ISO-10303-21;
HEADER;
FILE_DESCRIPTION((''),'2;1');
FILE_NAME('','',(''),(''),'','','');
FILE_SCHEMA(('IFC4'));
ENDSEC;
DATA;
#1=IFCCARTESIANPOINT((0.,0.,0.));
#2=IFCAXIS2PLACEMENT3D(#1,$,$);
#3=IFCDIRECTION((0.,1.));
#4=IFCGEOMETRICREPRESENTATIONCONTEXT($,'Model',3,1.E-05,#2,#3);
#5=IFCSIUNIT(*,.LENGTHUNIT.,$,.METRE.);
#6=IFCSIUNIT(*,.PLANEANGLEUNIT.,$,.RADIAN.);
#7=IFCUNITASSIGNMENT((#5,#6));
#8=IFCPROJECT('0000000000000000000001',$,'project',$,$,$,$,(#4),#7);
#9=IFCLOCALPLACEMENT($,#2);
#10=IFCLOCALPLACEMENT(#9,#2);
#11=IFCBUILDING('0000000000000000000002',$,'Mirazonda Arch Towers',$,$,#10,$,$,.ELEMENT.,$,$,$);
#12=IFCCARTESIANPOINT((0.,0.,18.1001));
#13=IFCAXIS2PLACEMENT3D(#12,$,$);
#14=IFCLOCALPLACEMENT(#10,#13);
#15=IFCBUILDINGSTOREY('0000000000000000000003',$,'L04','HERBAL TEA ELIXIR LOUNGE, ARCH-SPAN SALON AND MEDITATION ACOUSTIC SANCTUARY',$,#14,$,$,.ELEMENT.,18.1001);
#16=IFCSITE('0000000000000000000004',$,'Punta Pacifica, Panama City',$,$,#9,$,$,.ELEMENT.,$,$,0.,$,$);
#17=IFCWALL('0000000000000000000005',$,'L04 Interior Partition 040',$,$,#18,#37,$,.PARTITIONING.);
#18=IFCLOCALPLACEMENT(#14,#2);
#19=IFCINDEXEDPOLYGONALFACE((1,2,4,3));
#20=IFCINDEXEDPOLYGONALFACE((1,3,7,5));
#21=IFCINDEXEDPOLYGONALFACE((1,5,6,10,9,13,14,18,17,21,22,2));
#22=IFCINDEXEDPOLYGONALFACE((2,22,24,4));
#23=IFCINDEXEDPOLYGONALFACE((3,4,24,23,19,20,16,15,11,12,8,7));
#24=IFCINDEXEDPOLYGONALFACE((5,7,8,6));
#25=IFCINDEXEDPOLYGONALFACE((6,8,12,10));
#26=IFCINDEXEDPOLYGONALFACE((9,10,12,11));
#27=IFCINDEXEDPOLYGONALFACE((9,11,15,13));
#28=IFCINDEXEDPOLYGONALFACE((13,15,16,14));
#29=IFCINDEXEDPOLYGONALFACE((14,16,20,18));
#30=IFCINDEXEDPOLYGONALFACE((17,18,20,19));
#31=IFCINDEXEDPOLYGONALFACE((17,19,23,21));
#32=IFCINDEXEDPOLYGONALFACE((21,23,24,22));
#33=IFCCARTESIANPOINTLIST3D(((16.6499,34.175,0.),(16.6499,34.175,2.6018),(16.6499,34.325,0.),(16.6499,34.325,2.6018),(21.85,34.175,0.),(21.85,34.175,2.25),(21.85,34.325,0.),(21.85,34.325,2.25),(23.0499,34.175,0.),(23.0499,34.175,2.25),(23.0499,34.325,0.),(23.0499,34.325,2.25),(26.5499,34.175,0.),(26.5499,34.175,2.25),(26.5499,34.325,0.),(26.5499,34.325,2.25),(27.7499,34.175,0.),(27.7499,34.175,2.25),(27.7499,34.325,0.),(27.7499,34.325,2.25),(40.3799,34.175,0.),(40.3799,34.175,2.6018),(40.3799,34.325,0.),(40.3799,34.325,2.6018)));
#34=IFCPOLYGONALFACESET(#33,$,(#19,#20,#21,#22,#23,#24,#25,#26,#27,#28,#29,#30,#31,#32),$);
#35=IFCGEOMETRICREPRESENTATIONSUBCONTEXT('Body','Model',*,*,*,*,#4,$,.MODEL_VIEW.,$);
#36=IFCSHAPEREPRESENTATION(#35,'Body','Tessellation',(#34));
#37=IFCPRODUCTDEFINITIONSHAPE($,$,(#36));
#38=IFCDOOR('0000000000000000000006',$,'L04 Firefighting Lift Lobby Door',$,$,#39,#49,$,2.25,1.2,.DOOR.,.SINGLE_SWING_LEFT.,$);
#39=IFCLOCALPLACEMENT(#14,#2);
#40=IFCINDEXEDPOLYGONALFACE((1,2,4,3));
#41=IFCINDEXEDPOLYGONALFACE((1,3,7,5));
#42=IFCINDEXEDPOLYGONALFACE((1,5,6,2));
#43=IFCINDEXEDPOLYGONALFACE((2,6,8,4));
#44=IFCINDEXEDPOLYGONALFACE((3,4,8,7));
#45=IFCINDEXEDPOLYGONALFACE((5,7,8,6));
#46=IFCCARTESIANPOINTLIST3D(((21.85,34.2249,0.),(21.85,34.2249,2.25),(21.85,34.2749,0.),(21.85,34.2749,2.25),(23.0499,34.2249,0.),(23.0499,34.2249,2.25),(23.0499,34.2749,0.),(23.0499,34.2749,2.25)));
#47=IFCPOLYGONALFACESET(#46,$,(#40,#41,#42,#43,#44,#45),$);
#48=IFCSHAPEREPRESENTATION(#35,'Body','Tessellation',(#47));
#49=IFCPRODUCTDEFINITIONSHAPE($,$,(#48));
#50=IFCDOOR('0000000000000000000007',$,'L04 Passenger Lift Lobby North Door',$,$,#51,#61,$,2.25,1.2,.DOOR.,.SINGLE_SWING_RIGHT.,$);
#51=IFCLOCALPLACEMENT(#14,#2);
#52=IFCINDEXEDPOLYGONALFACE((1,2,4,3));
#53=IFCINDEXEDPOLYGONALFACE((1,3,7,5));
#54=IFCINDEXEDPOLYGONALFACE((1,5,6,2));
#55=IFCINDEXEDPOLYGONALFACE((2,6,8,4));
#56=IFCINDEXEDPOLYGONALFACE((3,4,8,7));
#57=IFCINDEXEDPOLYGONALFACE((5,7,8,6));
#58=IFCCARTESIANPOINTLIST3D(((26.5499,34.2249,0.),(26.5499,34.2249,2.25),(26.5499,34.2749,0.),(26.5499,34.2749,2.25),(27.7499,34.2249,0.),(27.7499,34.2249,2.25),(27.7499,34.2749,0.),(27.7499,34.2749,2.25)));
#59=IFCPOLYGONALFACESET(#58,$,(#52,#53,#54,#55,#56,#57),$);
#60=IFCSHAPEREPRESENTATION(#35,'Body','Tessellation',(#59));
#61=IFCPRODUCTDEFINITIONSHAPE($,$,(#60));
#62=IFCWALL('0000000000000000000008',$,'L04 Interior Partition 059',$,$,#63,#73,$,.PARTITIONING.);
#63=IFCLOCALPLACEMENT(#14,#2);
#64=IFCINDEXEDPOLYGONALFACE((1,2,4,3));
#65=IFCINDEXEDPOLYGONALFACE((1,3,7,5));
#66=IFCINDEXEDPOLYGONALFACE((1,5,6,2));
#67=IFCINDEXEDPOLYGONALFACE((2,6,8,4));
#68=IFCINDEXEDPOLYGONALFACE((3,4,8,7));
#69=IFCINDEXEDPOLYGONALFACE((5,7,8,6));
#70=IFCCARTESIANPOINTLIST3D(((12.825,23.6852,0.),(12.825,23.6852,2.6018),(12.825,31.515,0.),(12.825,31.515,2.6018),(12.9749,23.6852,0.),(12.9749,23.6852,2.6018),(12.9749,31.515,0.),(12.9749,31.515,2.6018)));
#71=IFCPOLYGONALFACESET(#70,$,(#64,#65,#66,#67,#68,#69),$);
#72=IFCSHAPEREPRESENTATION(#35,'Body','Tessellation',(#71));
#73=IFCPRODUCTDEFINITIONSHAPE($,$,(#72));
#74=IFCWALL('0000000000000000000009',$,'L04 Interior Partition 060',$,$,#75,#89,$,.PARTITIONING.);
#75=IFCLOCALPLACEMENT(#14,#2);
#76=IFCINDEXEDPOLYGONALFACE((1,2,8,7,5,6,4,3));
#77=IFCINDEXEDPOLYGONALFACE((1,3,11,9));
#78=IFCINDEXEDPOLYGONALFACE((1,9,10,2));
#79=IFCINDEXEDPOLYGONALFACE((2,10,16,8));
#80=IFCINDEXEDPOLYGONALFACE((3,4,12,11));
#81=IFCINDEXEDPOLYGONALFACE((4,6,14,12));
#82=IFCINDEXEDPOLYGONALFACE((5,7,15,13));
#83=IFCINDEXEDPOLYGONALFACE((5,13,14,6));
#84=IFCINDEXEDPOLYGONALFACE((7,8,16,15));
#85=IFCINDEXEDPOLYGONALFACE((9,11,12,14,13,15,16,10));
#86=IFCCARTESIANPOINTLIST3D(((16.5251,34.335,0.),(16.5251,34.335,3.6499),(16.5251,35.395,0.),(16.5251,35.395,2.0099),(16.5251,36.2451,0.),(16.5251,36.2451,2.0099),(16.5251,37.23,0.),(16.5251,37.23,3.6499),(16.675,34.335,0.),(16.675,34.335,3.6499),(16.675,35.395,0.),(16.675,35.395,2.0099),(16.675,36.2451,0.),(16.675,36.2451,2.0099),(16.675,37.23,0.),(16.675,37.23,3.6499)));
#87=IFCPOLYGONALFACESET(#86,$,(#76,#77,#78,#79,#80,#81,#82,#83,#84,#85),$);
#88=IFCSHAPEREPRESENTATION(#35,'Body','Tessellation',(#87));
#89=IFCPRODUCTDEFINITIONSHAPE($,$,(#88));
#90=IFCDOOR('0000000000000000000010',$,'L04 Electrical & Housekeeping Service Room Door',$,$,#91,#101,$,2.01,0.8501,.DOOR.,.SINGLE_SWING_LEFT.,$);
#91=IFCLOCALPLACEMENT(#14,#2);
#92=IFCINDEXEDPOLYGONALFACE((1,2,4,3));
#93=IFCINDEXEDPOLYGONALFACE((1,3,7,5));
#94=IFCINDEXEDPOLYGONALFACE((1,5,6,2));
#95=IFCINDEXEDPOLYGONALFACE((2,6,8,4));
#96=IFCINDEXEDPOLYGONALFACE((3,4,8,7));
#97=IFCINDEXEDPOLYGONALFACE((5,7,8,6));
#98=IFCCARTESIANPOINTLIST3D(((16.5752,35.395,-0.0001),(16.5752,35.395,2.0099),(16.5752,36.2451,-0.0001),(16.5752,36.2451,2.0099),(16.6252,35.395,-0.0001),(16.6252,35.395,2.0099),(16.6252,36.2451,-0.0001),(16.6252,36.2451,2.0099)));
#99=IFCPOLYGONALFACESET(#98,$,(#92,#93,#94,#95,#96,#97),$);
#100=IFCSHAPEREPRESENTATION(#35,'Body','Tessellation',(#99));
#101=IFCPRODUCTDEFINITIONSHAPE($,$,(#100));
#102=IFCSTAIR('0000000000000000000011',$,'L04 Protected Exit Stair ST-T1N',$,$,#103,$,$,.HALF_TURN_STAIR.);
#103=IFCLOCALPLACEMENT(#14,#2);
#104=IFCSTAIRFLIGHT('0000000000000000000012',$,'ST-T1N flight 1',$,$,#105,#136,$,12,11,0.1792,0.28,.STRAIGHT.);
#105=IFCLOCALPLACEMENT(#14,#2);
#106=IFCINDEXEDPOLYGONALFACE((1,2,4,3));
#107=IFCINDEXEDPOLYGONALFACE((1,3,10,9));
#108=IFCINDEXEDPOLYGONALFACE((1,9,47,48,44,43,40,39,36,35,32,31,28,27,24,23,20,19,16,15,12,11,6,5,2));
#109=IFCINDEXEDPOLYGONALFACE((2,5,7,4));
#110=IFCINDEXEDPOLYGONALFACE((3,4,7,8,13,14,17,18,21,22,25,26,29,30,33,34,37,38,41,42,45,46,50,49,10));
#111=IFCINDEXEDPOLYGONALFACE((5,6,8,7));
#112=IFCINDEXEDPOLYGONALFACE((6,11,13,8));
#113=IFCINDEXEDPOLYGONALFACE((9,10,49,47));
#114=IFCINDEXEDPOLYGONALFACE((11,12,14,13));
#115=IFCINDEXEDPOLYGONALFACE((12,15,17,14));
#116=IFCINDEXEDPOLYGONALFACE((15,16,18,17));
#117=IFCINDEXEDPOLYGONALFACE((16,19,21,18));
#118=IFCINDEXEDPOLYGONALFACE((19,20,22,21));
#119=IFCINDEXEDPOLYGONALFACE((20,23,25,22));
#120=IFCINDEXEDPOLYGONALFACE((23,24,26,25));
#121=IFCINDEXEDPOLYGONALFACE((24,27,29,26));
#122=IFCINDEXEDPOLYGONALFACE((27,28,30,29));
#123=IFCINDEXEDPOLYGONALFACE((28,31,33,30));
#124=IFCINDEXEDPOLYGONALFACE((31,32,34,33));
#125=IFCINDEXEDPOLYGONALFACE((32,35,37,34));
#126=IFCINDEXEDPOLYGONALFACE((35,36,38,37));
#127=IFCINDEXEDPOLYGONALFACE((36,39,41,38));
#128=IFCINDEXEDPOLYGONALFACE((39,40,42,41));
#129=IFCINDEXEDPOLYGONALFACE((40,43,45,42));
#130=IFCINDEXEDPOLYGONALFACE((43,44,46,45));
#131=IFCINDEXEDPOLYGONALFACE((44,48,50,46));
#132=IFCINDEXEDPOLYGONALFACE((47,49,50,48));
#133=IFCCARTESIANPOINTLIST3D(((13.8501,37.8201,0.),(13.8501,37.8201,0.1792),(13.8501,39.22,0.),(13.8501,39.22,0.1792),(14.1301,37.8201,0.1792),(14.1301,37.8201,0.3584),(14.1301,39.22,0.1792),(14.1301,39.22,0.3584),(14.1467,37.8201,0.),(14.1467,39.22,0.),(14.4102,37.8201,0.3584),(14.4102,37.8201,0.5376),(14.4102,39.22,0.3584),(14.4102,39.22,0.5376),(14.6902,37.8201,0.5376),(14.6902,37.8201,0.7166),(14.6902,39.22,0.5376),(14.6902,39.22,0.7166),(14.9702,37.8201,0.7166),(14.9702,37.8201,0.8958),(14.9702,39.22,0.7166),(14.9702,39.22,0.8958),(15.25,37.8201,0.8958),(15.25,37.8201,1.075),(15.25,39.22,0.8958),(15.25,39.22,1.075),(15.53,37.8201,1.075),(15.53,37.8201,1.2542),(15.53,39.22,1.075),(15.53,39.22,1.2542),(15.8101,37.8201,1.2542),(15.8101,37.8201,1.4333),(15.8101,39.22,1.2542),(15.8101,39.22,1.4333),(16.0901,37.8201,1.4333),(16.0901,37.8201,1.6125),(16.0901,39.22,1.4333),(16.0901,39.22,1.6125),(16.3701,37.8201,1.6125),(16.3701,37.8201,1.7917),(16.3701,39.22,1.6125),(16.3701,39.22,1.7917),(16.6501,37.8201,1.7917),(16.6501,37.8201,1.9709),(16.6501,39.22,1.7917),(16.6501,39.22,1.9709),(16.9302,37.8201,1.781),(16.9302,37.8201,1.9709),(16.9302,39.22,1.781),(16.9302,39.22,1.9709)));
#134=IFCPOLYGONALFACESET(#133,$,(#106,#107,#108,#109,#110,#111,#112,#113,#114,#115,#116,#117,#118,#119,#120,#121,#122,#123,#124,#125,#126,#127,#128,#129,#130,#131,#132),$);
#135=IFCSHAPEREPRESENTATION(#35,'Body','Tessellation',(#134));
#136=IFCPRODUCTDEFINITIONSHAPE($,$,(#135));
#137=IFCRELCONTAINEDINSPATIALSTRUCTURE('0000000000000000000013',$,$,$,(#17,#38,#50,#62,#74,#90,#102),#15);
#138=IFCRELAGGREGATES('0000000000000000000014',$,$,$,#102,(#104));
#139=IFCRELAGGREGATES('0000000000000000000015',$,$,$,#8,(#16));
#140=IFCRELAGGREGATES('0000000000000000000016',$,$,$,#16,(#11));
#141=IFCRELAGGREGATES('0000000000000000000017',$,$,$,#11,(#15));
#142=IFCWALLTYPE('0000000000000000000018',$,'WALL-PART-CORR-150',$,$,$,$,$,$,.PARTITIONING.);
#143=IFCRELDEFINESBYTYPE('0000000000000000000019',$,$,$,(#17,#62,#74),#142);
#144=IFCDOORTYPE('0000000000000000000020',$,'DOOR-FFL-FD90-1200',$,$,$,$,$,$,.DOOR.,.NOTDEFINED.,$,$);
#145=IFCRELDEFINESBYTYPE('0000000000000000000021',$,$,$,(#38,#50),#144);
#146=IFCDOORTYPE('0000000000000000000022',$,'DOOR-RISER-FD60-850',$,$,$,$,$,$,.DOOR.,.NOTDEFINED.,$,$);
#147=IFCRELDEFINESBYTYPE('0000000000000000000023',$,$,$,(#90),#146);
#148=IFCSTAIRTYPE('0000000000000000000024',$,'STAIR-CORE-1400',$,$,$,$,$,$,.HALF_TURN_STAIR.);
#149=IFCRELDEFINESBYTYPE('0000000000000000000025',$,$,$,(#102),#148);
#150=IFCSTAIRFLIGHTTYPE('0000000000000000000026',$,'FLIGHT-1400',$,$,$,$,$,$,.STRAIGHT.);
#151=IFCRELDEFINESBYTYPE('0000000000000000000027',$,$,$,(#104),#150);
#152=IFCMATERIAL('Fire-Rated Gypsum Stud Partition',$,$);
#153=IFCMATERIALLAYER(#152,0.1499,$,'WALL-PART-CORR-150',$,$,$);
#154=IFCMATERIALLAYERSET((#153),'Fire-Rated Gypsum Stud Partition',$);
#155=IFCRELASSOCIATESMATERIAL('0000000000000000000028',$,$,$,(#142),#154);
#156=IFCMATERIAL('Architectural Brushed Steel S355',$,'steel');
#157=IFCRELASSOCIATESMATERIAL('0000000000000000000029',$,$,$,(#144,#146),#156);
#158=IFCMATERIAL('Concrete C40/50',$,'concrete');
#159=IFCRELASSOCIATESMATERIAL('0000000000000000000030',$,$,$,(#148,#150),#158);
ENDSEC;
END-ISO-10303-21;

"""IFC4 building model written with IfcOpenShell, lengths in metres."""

from ifc_helpers import new_model, si_unit, direction, frame, frame_2d, origin, place, context, subcontext, project, spatial, polyline, rectangle, outline, extrude, material, layer, layer_set, type_object, element, fill, aggregate, save


model = new_model("IFC4")

# Units and contexts
model_context = context("Model", 3, precision=1e-05, world=origin(), true_north=direction((0.0, 1.0)))
body_context = subcontext(model_context, "Body", "Model", "MODEL_VIEW")
ifc_project = project(units=[si_unit("LENGTHUNIT", "METRE"), si_unit("PLANEANGLEUNIT", "RADIAN")], contexts=[model_context])

# Site, building, storey
site_placement = place(None, origin())
site = spatial("IfcSite", under=ifc_project, at=site_placement, Name="Punta Pacifica, Panama City", CompositionType="ELEMENT", RefElevation=0.0)
building_placement = place(site_placement, origin())
building = spatial("IfcBuilding", under=site, at=building_placement, Name="Mirazonda Arch Towers", CompositionType="ELEMENT")
storey_placement = place(building_placement, frame((0.0, 0.0, 18.1001)))
storey = spatial("IfcBuildingStorey", under=building, at=storey_placement, Name="L04", Description="HERBAL TEA ELIXIR LOUNGE, ARCH-SPAN SALON AND MEDITATION ACOUSTIC SANCTUARY", CompositionType="ELEMENT", Elevation=18.1001)

# Shared definitions
ifc_material_1 = material(Name="Architectural Brushed Steel S355", Category="steel")

# Shared definitions
ifc_material_2 = material(Name="Concrete C40/50", Category="concrete")

# Wall, openings, doors
ifc_material_3 = material(Name="Fire-Rated Gypsum Stud Partition")
ifc_layer_1 = layer(ifc_material_3, 0.1499, Name="WALL-PART-CORR-150")
ifc_layer_set_1 = layer_set([ifc_layer_1], Name="Fire-Rated Gypsum Stud Partition")
wall_type_1 = type_object("IfcWallType", Name="WALL-PART-CORR-150", PredefinedType="PARTITIONING", material=ifc_layer_set_1)
wall_1_placement = place(storey_placement, frame((16.6499, 34.25, 0.0), z_axis=(0.0, 0.0, 1.0), x_axis=(1.0, 0.0, 0.0)))
wall_1 = element("IfcWall", 1, at=wall_1_placement, inside=storey, type_object=wall_type_1, Name="L04 Interior Partition 040", PredefinedType="PARTITIONING", context=body_context, shape_type="SweptSolid", body=[
    extrude(rectangle(XDim=23.73, YDim=0.1499, at=frame_2d((11.865, 0.0))), origin(), (0.0, 0.0, 1.0), 2.6018),
])
opening_1_placement = place(wall_1_placement, frame((5.2, 0.0, 0.0)))
opening_1 = element("IfcOpeningElement", 2, at=opening_1_placement, cuts=wall_1, PredefinedType="OPENING", context=body_context, shape_type="SweptSolid", body=[
    extrude(rectangle(XDim=1.2, YDim=2.25, at=frame_2d((0.6001, 1.125))), frame((0.0, 0.085, 0.0), z_axis=(0.0, -1.0, 0.0), x_axis=(1.0, 0.0, 0.0)), (0.0, 0.0, 1.0), 0.1699),
])
opening_2_placement = place(wall_1_placement, frame((9.8999, 0.0, 0.0)))
opening_2 = element("IfcOpeningElement", 3, at=opening_2_placement, cuts=wall_1, PredefinedType="OPENING", context=body_context, shape_type="SweptSolid", body=[
    extrude(rectangle(XDim=1.2, YDim=2.25, at=frame_2d((0.6001, 1.125))), frame((0.0, 0.085, 0.0), z_axis=(0.0, -1.0, 0.0), x_axis=(1.0, 0.0, 0.0)), (0.0, 0.0, 1.0), 0.1699),
])
door_type_1 = type_object("IfcDoorType", Name="DOOR-FFL-FD90-1200", OperationType="NOTDEFINED", PredefinedType="DOOR", material=ifc_material_1)
door_1_placement = place(opening_1_placement, origin())
door_1 = element("IfcDoor", 4, at=door_1_placement, inside=storey, type_object=door_type_1, Name="L04 Firefighting Lift Lobby Door", OperationType="SINGLE_SWING_LEFT", OverallHeight=2.25, OverallWidth=1.2, PredefinedType="DOOR", context=body_context, shape_type="SweptSolid", body=[
    extrude(rectangle(XDim=1.2, YDim=2.25, at=frame_2d((0.6001, 1.125))), frame((0.0, 0.0249, 0.0), z_axis=(0.0, -1.0, 0.0), x_axis=(1.0, 0.0, 0.0)), (0.0, 0.0, 1.0), 0.05),
])
fill(opening_1, door_1)
door_2_placement = place(opening_2_placement, origin())
door_2 = element("IfcDoor", 5, at=door_2_placement, inside=storey, type_object=door_type_1, Name="L04 Passenger Lift Lobby North Door", OperationType="SINGLE_SWING_RIGHT", OverallHeight=2.25, OverallWidth=1.2, PredefinedType="DOOR", context=body_context, shape_type="SweptSolid", body=[
    extrude(rectangle(XDim=1.2, YDim=2.25, at=frame_2d((0.6001, 1.125))), frame((0.0, 0.0249, 0.0), z_axis=(0.0, -1.0, 0.0), x_axis=(1.0, 0.0, 0.0)), (0.0, 0.0, 1.0), 0.05),
])
fill(opening_2, door_2)

# Wall
wall_2_placement = place(storey_placement, frame((12.8999, 23.6851, 0.0), z_axis=(0.0, 0.0, 1.0), x_axis=(0.0, 1.0, 0.0)))
element("IfcWall", 6, at=wall_2_placement, inside=storey, type_object=wall_type_1, Name="L04 Interior Partition 059", PredefinedType="PARTITIONING", context=body_context, shape_type="SweptSolid", body=[
    extrude(rectangle(XDim=7.8298, YDim=0.1499, at=frame_2d((3.915, 0.0))), origin(), (0.0, 0.0, 1.0), 2.6018),
])

# Wall, opening, door
wall_3_placement = place(storey_placement, frame((16.6001, 34.335, 0.0), z_axis=(0.0, 0.0, 1.0), x_axis=(0.0, 1.0, 0.0)))
wall_3 = element("IfcWall", 7, at=wall_3_placement, inside=storey, type_object=wall_type_1, Name="L04 Interior Partition 060", PredefinedType="PARTITIONING", context=body_context, shape_type="SweptSolid", body=[
    extrude(rectangle(XDim=2.895, YDim=0.1499, at=frame_2d((1.4475, 0.0))), origin(), (0.0, 0.0, 1.0), 3.6499),
])
opening_3_placement = place(wall_3_placement, frame((1.0601, 0.0, 0.0)))
opening_3 = element("IfcOpeningElement", 8, at=opening_3_placement, cuts=wall_3, PredefinedType="OPENING", context=body_context, shape_type="SweptSolid", body=[
    extrude(rectangle(XDim=0.8501, YDim=2.01, at=frame_2d((0.425, 1.0049))), frame((0.0, 0.085, 0.0), z_axis=(0.0, -1.0, 0.0), x_axis=(1.0, 0.0, 0.0)), (0.0, 0.0, 1.0), 0.1699),
])
door_type_2 = type_object("IfcDoorType", Name="DOOR-RISER-FD60-850", OperationType="NOTDEFINED", PredefinedType="DOOR", material=ifc_material_1)
door_3_placement = place(opening_3_placement, origin())
door_3 = element("IfcDoor", 9, at=door_3_placement, inside=storey, type_object=door_type_2, Name="L04 Electrical & Housekeeping Service Room Door", OperationType="SINGLE_SWING_LEFT", OverallHeight=2.01, OverallWidth=0.8501, PredefinedType="DOOR", context=body_context, shape_type="SweptSolid", body=[
    extrude(rectangle(XDim=0.8501, YDim=2.01, at=frame_2d((0.425, 1.0049))), frame((0.0, 0.0249, 0.0), z_axis=(0.0, -1.0, 0.0), x_axis=(1.0, 0.0, 0.0)), (0.0, 0.0, 1.0), 0.05),
])
fill(opening_3, door_3)

# Stair, stair flight
stair_type = type_object("IfcStairType", Name="STAIR-CORE-1400", PredefinedType="HALF_TURN_STAIR", material=ifc_material_2)
stair_placement = place(storey_placement, origin())
stair = element("IfcStair", 10, at=stair_placement, inside=storey, type_object=stair_type, Name="L04 Protected Exit Stair ST-T1N", PredefinedType="HALF_TURN_STAIR")
stair_flight_type = type_object("IfcStairFlightType", Name="FLIGHT-1400", PredefinedType="STRAIGHT", material=ifc_material_2)
stair_flight_placement = place(storey_placement, frame((13.8501, 38.52, 0.0), z_axis=(0.0, 0.0, 1.0), x_axis=(1.0, 0.0, 0.0)))
stair_flight = element("IfcStairFlight", 11, at=stair_flight_placement, type_object=stair_flight_type, Name="ST-T1N flight 1", NumberOfRisers=12, NumberOfTreads=11, PredefinedType="STRAIGHT", RiserHeight=0.1792, TreadLength=0.28, context=body_context, shape_type="SweptSolid", body=[
    extrude(outline(polyline([(0.0, 0.0), (0.0, 0.1792), (0.28, 0.1792), (0.28, 0.3584), (0.5601, 0.3584), (0.5601, 0.5376), (0.8401, 0.5376), (0.8401, 0.7166), (1.1201, 0.7166), (1.1201, 0.8958), (1.3999, 0.8958), (1.3999, 1.075), (1.6799, 1.075), (1.6799, 1.2542), (1.96, 1.2542), (1.96, 1.4333), (2.24, 1.4333), (2.24, 1.6125), (2.52, 1.6125), (2.52, 1.7917), (2.8, 1.7917), (2.8, 1.9709), (3.0801, 1.9709), (3.0801, 2.1499), (3.0801, 1.781), (0.2966, 0.0), (0.0, 0.0)])), frame((0.0, 0.7, 0.0), z_axis=(0.0, -1.0, 0.0), x_axis=(1.0, 0.0, 0.0)), (0.0, 0.0, 1.0), 1.3999),
])
aggregate(stair, [stair_flight])

save(model, "model.ifc")
